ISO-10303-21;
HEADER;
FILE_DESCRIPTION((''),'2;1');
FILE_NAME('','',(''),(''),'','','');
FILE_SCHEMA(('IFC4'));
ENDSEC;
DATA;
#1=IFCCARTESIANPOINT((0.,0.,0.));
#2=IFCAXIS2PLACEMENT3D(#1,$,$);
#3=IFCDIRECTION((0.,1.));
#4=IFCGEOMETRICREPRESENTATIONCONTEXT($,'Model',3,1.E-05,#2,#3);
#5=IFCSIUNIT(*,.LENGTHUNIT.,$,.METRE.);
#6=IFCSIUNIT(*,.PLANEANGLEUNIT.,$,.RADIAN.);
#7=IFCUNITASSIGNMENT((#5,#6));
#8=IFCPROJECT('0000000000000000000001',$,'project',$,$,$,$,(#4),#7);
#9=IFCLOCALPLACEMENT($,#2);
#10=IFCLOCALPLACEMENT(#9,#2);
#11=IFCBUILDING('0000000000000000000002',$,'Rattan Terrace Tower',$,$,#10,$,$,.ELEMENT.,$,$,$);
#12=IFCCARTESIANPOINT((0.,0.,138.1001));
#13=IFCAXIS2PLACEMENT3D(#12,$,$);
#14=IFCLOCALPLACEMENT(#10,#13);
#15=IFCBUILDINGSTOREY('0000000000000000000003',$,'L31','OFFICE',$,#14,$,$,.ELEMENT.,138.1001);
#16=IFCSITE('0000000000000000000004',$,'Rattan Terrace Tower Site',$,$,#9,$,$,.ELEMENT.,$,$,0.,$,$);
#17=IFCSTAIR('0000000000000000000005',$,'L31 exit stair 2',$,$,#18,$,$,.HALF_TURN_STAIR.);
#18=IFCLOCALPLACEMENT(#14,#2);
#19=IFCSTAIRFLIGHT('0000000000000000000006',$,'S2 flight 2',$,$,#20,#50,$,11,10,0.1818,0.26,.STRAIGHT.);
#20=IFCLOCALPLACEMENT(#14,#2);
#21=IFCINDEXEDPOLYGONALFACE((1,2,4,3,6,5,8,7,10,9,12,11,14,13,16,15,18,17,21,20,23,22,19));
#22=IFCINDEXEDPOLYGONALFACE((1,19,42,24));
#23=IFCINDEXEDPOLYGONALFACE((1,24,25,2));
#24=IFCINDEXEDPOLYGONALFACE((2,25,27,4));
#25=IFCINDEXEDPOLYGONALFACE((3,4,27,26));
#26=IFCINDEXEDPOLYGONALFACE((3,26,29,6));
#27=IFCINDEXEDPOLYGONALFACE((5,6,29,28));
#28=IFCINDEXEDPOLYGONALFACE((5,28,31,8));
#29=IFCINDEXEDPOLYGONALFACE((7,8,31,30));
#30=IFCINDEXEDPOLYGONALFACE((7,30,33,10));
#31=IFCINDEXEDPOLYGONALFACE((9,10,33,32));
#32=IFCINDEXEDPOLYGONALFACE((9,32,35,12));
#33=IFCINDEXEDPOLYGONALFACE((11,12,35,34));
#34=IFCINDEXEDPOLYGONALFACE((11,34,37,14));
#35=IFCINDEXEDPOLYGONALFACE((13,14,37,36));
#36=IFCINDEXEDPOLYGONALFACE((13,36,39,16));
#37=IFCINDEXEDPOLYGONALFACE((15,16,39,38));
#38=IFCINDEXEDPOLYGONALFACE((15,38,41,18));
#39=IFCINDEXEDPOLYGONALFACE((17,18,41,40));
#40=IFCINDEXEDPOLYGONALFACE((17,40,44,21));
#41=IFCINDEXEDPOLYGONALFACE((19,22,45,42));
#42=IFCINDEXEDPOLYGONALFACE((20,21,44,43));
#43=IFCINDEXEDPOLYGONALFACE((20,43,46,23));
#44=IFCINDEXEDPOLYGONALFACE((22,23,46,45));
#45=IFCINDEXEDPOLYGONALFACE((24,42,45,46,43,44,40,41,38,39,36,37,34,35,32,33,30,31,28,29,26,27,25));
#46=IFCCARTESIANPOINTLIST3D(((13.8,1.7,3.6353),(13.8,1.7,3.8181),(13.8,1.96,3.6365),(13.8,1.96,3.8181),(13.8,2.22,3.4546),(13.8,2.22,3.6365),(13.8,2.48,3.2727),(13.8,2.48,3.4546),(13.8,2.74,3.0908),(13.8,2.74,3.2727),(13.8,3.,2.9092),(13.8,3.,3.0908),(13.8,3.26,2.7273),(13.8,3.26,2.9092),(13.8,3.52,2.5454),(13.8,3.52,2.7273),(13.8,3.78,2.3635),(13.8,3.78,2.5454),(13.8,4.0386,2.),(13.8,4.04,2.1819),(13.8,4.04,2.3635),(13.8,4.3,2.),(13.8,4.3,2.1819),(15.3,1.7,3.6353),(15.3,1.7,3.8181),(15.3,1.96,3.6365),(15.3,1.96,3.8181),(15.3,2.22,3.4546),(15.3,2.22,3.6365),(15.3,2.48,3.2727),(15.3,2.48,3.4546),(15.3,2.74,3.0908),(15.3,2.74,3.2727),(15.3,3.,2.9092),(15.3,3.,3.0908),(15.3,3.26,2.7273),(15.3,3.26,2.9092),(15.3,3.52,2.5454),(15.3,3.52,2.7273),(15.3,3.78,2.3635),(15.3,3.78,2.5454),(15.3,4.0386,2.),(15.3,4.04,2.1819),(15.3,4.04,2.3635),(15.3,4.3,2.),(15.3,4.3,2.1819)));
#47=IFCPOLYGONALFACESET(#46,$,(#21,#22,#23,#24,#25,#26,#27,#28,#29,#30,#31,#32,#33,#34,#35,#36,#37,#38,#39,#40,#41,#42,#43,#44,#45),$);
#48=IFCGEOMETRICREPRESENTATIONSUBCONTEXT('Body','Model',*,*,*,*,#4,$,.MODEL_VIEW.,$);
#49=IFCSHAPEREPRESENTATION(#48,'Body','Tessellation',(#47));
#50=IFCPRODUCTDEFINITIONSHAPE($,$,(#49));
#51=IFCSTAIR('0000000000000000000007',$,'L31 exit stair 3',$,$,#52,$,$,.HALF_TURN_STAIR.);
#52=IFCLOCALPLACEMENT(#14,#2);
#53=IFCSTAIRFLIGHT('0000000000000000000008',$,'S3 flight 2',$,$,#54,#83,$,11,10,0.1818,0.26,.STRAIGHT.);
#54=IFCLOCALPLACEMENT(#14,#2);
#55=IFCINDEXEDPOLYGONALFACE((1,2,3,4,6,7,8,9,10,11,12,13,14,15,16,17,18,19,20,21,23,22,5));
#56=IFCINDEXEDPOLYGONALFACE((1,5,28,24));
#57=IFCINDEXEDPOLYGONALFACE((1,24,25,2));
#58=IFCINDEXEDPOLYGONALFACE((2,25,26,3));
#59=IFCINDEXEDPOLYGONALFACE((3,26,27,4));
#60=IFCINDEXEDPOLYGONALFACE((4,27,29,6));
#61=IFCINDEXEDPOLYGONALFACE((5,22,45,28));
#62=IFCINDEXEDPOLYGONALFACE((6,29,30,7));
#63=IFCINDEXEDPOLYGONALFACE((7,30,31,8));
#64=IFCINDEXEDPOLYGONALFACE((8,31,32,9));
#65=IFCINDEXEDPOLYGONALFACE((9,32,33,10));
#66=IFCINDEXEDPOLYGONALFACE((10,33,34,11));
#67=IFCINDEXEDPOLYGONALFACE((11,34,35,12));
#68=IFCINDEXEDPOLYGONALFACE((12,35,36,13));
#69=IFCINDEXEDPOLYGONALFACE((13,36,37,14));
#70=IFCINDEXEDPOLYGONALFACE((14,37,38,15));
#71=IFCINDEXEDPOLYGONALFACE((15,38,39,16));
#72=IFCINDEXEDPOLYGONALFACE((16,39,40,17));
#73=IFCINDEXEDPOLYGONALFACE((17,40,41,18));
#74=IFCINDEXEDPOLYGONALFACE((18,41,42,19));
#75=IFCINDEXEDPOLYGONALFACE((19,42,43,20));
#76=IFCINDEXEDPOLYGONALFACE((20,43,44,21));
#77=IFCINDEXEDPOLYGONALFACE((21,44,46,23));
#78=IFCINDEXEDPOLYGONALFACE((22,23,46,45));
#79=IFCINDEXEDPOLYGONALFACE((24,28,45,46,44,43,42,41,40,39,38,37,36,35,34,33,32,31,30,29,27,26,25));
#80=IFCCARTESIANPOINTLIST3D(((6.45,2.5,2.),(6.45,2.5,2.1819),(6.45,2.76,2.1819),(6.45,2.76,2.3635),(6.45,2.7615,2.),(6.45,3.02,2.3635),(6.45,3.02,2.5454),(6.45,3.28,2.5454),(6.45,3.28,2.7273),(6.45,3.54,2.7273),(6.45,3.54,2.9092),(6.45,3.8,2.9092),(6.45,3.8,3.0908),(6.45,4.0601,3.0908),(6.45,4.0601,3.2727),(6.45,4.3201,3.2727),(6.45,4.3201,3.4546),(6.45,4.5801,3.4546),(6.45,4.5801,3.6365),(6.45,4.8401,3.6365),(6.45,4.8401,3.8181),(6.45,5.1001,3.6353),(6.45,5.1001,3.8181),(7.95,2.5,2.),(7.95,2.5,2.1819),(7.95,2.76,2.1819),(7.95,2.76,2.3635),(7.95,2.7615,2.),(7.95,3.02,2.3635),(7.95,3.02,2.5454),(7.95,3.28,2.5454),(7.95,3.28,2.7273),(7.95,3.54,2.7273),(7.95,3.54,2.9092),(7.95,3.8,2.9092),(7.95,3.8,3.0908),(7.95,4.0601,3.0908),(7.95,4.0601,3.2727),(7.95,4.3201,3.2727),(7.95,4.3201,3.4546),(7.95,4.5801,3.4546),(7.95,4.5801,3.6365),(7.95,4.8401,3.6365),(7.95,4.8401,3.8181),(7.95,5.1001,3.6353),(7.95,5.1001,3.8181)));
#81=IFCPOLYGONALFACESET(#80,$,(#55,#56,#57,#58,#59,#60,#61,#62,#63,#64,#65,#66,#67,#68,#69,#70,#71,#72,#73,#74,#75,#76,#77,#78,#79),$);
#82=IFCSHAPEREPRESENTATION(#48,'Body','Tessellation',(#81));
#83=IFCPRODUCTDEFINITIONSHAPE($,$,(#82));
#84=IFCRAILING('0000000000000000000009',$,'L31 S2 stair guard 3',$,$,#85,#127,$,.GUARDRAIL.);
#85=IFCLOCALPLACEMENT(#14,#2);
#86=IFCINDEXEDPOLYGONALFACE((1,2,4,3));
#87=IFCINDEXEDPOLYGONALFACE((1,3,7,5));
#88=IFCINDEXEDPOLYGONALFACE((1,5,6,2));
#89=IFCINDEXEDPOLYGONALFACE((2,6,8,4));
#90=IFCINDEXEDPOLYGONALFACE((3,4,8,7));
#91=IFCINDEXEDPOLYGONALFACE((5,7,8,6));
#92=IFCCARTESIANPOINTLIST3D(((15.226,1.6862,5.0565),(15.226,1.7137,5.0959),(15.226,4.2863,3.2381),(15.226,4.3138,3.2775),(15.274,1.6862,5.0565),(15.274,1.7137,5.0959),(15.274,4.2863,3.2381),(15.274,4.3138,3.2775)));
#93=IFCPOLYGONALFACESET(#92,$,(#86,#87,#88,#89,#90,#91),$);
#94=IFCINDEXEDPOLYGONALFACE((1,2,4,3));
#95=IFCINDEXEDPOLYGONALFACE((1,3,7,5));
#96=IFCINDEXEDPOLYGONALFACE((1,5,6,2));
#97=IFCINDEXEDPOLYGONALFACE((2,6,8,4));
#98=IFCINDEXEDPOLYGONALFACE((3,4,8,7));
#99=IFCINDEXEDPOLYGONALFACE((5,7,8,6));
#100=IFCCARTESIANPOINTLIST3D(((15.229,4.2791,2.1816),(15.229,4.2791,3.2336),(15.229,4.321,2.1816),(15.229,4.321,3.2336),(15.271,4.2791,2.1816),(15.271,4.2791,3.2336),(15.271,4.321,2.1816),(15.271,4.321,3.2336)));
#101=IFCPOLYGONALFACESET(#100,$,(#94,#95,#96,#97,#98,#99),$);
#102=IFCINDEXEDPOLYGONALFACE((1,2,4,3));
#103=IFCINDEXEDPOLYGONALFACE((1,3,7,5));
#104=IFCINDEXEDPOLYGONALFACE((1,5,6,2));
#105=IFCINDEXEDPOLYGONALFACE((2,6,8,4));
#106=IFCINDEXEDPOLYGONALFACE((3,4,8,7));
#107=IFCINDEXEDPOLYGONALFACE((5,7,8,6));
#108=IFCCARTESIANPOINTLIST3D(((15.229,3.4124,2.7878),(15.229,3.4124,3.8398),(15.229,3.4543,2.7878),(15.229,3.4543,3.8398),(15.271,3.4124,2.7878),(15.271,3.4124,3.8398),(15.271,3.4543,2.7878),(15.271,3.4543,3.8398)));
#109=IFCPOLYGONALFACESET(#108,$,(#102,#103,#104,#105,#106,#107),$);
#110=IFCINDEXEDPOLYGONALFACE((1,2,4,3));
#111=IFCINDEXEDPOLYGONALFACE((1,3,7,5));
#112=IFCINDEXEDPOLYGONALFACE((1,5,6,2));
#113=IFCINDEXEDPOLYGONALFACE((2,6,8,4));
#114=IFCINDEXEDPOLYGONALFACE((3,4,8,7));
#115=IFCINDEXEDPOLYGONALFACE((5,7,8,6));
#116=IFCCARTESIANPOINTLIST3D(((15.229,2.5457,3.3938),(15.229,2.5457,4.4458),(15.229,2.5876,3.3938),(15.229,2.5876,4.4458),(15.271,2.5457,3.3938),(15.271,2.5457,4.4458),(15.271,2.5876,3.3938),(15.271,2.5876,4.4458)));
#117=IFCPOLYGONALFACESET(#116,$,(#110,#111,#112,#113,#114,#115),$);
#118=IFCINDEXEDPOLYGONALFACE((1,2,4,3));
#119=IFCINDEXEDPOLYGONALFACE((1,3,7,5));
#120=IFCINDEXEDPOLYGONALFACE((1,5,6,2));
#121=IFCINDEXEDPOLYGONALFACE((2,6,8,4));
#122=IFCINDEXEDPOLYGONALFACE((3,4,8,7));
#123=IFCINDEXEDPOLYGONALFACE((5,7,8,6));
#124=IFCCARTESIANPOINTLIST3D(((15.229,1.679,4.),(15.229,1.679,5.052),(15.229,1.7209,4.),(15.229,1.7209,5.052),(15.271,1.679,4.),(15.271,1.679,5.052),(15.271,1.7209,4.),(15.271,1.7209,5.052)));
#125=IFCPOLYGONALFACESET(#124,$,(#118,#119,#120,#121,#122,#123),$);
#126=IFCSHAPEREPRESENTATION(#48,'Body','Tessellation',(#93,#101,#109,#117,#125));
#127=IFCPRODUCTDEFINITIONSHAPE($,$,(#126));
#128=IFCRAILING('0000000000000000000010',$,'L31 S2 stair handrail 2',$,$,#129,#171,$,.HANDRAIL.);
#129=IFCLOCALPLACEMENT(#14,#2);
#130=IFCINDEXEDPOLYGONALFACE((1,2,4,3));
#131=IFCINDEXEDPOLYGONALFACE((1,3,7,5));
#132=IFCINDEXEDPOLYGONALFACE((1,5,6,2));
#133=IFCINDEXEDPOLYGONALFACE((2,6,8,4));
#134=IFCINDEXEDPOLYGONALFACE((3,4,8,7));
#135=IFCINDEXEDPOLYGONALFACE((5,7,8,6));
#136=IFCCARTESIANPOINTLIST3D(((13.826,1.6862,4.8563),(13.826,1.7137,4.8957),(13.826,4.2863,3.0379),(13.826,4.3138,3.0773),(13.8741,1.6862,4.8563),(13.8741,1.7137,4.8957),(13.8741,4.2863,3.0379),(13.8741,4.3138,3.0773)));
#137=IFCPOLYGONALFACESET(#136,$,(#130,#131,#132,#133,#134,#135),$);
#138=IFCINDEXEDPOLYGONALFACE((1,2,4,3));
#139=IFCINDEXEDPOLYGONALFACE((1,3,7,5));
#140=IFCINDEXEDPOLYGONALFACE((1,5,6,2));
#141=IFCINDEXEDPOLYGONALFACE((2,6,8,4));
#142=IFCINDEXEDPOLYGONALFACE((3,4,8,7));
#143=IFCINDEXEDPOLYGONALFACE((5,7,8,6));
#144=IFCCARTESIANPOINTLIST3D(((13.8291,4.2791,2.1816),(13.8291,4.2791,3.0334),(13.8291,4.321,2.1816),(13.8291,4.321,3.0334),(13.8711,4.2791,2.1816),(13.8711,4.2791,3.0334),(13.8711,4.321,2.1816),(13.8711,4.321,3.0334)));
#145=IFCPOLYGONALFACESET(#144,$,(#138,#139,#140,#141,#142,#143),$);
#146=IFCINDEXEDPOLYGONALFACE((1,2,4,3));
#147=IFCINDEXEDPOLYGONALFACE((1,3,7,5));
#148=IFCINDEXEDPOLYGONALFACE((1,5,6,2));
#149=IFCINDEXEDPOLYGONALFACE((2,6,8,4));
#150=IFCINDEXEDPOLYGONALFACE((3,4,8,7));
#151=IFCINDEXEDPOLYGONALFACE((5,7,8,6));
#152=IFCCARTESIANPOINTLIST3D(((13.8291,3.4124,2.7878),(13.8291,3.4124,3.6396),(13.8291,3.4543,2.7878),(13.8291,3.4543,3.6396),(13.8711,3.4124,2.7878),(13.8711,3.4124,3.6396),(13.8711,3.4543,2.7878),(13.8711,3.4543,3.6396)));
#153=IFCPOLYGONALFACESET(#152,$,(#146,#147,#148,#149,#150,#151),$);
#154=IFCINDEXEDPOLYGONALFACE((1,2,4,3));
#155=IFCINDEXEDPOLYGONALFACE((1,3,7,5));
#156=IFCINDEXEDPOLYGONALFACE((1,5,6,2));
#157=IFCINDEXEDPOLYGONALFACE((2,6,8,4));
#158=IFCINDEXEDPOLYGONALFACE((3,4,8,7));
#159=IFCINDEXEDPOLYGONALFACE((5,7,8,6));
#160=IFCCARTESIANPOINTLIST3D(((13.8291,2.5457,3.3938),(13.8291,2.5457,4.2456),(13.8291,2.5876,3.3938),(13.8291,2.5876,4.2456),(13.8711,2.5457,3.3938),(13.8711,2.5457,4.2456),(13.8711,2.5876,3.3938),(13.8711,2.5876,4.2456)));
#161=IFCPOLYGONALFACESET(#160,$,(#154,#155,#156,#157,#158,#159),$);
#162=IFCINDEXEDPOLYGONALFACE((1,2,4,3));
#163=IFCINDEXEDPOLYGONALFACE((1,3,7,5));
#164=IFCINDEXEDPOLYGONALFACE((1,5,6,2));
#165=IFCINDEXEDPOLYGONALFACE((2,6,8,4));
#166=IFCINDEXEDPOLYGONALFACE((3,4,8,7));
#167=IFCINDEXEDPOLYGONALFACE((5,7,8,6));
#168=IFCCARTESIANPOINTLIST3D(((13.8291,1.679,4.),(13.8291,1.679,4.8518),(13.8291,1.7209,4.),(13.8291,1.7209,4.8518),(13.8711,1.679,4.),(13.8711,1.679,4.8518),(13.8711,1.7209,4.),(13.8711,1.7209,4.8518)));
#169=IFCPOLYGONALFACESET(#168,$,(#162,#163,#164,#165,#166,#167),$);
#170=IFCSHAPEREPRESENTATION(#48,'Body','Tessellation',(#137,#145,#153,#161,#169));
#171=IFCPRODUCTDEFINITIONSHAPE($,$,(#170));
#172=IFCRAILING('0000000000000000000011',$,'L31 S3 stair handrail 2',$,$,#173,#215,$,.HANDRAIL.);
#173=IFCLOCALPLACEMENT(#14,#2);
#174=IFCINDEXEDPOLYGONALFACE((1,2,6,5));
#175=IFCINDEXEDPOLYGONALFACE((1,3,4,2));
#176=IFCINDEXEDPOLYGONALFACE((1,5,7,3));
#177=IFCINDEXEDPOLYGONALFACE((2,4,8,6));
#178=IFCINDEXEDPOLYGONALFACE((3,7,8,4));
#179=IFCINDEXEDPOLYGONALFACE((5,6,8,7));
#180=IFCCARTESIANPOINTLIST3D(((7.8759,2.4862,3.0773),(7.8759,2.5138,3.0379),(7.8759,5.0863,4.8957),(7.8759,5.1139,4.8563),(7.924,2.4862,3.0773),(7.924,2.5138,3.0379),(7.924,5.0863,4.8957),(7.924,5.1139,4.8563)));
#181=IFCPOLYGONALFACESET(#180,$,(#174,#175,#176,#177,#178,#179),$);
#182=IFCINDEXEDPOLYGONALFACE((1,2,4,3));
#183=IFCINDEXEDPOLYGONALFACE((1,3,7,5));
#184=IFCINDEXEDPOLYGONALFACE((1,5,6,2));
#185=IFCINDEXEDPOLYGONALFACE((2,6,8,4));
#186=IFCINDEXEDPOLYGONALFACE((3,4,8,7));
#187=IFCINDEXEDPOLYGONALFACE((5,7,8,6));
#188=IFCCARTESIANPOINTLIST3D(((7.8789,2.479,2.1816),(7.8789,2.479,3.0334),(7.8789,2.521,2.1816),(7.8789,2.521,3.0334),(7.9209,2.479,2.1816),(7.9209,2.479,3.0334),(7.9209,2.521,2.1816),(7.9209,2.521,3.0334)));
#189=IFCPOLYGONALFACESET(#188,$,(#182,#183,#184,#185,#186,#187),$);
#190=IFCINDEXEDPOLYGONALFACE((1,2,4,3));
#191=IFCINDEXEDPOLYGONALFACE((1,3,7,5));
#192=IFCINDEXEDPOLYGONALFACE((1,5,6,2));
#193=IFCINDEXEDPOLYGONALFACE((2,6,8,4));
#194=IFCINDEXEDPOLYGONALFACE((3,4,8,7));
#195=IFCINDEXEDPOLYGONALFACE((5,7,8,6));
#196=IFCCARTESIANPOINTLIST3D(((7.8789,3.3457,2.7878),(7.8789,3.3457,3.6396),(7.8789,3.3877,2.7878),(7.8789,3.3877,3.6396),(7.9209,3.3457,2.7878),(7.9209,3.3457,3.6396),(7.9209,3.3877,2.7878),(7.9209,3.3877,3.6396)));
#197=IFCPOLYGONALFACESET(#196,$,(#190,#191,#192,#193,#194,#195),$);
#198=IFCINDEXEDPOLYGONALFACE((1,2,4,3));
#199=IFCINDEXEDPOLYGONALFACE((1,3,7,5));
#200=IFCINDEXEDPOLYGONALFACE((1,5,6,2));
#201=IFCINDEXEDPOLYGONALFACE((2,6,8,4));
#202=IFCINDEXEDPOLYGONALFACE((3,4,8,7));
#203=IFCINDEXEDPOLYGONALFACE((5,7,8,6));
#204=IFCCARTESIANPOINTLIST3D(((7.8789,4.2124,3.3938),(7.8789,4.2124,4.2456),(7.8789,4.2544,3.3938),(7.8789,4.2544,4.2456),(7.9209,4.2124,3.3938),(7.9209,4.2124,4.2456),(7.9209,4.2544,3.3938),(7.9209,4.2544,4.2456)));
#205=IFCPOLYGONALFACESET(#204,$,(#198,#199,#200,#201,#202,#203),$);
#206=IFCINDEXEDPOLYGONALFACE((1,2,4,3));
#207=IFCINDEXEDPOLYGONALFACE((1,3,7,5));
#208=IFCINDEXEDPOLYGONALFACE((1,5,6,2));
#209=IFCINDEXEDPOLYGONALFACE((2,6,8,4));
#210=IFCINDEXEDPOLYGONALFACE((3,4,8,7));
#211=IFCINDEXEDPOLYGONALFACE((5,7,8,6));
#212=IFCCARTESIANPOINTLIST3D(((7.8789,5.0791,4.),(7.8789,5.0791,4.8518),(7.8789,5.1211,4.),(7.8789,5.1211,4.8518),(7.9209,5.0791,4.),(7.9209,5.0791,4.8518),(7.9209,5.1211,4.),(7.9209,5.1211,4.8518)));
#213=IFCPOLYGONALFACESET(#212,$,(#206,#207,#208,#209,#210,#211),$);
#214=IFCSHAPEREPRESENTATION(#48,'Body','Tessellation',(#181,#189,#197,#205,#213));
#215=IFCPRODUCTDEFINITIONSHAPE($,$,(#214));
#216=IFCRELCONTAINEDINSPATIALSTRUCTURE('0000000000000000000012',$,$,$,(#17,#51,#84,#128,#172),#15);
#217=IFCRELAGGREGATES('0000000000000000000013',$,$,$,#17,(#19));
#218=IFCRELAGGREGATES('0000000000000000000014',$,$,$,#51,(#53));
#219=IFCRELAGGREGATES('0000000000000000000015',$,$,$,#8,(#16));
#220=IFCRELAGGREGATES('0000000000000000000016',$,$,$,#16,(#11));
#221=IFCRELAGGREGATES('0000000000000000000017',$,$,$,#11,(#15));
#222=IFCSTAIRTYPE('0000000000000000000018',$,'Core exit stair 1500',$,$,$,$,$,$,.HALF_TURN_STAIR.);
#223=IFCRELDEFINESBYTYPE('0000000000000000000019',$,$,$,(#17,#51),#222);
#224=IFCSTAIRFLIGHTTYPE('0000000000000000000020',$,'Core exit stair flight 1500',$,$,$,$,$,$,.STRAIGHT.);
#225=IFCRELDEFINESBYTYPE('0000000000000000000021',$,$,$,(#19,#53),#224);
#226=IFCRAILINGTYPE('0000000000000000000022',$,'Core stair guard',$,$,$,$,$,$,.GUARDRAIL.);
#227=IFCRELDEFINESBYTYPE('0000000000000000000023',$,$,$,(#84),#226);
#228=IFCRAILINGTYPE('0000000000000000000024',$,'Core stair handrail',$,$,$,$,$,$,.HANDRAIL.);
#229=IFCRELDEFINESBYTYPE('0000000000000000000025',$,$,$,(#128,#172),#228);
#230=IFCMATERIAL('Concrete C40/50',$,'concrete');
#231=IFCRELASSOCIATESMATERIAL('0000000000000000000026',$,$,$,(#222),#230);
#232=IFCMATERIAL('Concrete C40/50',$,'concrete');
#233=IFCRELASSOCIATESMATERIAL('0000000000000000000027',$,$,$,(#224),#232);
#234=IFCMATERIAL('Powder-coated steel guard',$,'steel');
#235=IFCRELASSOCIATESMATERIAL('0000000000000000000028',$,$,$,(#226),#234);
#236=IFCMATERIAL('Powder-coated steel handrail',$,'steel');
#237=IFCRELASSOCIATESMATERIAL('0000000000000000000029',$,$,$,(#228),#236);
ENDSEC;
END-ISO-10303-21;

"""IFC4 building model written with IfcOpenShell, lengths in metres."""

from ifc_helpers import new_model, si_unit, direction, frame, origin, origin_2d, place, context, subcontext, project, spatial, polyline, rectangle, outline, extrude, material, type_object, element, aggregate, save


model = new_model("IFC4")

# Units and contexts
model_context = context("Model", 3, precision=1e-05, world=origin(), true_north=direction((0.0, 1.0)))
body_context = subcontext(model_context, "Body", "Model", "MODEL_VIEW")
ifc_project = project(units=[si_unit("LENGTHUNIT", "METRE"), si_unit("PLANEANGLEUNIT", "RADIAN")], contexts=[model_context])

# Site, building, storey
site_placement = place(None, origin())
site = spatial("IfcSite", under=ifc_project, at=site_placement, Name="Rattan Terrace Tower Site", CompositionType="ELEMENT", RefElevation=0.0)
building_placement = place(site_placement, origin())
building = spatial("IfcBuilding", under=site, at=building_placement, Name="Rattan Terrace Tower", CompositionType="ELEMENT")
storey_placement = place(building_placement, frame((0.0, 0.0, 138.1001)))
storey = spatial("IfcBuildingStorey", under=building, at=storey_placement, Name="L31", Description="OFFICE", CompositionType="ELEMENT", Elevation=138.1001)

# Stairs, stair flights
ifc_material_1 = material(Name="Concrete C40/50", Category="concrete")
stair_type = type_object("IfcStairType", Name="Core exit stair 1500", PredefinedType="HALF_TURN_STAIR", material=ifc_material_1)
stair_1_placement = place(storey_placement, origin())
stair_1 = element("IfcStair", 1, at=stair_1_placement, inside=storey, type_object=stair_type, Name="L31 exit stair 2", PredefinedType="HALF_TURN_STAIR")
ifc_material_2 = material(Name="Concrete C40/50", Category="concrete")
stair_flight_type = type_object("IfcStairFlightType", Name="Core exit stair flight 1500", PredefinedType="STRAIGHT", material=ifc_material_2)
stair_flight_1_placement = place(storey_placement, frame((14.55, 4.3, 2.0), z_axis=(0.0, 0.0, 1.0), x_axis=(0.0, -1.0, 0.0)))
stair_flight_1 = element("IfcStairFlight", 2, at=stair_flight_1_placement, type_object=stair_flight_type, Name="S2 flight 2", NumberOfRisers=11, NumberOfTreads=10, PredefinedType="STRAIGHT", RiserHeight=0.1818, TreadLength=0.26, context=body_context, shape_type="SweptSolid", body=[
    extrude(outline(polyline([(0.0, 0.0), (0.0, 0.1819), (0.26, 0.1819), (0.26, 0.3635), (0.52, 0.3635), (0.52, 0.5454), (0.78, 0.5454), (0.78, 0.7273), (1.04, 0.7273), (1.04, 0.9092), (1.3, 0.9092), (1.3, 1.0908), (1.5601, 1.0908), (1.5601, 1.2727), (1.8201, 1.2727), (1.8201, 1.4546), (2.0801, 1.4546), (2.0801, 1.6365), (2.3401, 1.6365), (2.3401, 1.8181), (2.6001, 1.8181), (2.6001, 2.0), (2.6001, 1.6353), (0.2615, 0.0), (0.0, 0.0)])), frame((0.0, 0.75, 0.0), z_axis=(0.0, -1.0, 0.0), x_axis=(1.0, 0.0, 0.0)), (0.0, 0.0, 1.0), 1.5),
])
aggregate(stair_1, [stair_flight_1])
stair_2_placement = place(storey_placement, origin())
stair_2 = element("IfcStair", 3, at=stair_2_placement, inside=storey, type_object=stair_type, Name="L31 exit stair 3", PredefinedType="HALF_TURN_STAIR")
stair_flight_2_placement = place(storey_placement, frame((7.2, 2.5, 2.0), z_axis=(0.0, 0.0, 1.0), x_axis=(0.0, 1.0, 0.0)))
stair_flight_2 = element("IfcStairFlight", 4, at=stair_flight_2_placement, type_object=stair_flight_type, Name="S3 flight 2", NumberOfRisers=11, NumberOfTreads=10, PredefinedType="STRAIGHT", RiserHeight=0.1818, TreadLength=0.26, context=body_context, shape_type="SweptSolid", body=[
    extrude(outline(polyline([(0.0, 0.0), (0.0, 0.1819), (0.26, 0.1819), (0.26, 0.3635), (0.52, 0.3635), (0.52, 0.5454), (0.78, 0.5454), (0.78, 0.7273), (1.04, 0.7273), (1.04, 0.9092), (1.3, 0.9092), (1.3, 1.0908), (1.5601, 1.0908), (1.5601, 1.2727), (1.8201, 1.2727), (1.8201, 1.4546), (2.0801, 1.4546), (2.0801, 1.6365), (2.3401, 1.6365), (2.3401, 1.8181), (2.6001, 1.8181), (2.6001, 2.0), (2.6001, 1.6353), (0.2615, 0.0), (0.0, 0.0)])), frame((0.0, 0.75, 0.0), z_axis=(0.0, -1.0, 0.0), x_axis=(1.0, 0.0, 0.0)), (0.0, 0.0, 1.0), 1.5),
])
aggregate(stair_2, [stair_flight_2])

# Railings
ifc_material_3 = material(Name="Powder-coated steel guard", Category="steel")
railing_type_1 = type_object("IfcRailingType", Name="Core stair guard", PredefinedType="GUARDRAIL", material=ifc_material_3)
railing_1_placement = place(storey_placement, frame((15.25, 4.3, 2.1816)))
element("IfcRailing", 5, at=railing_1_placement, inside=storey, type_object=railing_type_1, Name="L31 S2 stair guard 3", PredefinedType="GUARDRAIL", context=body_context, shape_type="SweptSolid", body=[
    extrude(rectangle(XDim=0.0481, YDim=0.0481, at=origin_2d()), frame((0.0, 0.0, 1.0762), z_axis=(0.0, -0.819485, 0.573101), x_axis=(1.0, 0.0, 0.0)), (0.0, 0.0, 1.0), 3.1729),
    extrude(rectangle(XDim=0.042, YDim=0.042, at=origin_2d()), origin(), (0.0, 0.0, 1.0), 1.052),
    extrude(rectangle(XDim=0.042, YDim=0.042, at=origin_2d()), frame((0.0, -0.8667, 0.6062)), (0.0, 0.0, 1.0), 1.052),
    extrude(rectangle(XDim=0.042, YDim=0.042, at=origin_2d()), frame((0.0, -1.7334, 1.2122)), (0.0, 0.0, 1.0), 1.052),
    extrude(rectangle(XDim=0.042, YDim=0.042, at=origin_2d()), frame((0.0, -2.6001, 1.8184)), (0.0, 0.0, 1.0), 1.052),
])
ifc_material_4 = material(Name="Powder-coated steel handrail", Category="steel")
railing_type_2 = type_object("IfcRailingType", Name="Core stair handrail", PredefinedType="HANDRAIL", material=ifc_material_4)
railing_2_placement = place(storey_placement, frame((13.8501, 4.3, 2.1816)))
element("IfcRailing", 6, at=railing_2_placement, inside=storey, type_object=railing_type_2, Name="L31 S2 stair handrail 2", PredefinedType="HANDRAIL", context=body_context, shape_type="SweptSolid", body=[
    extrude(rectangle(XDim=0.0481, YDim=0.0481, at=origin_2d()), frame((0.0, 0.0, 0.876), z_axis=(0.0, -0.819485, 0.573101), x_axis=(1.0, 0.0, 0.0)), (0.0, 0.0, 1.0), 3.1729),
    extrude(rectangle(XDim=0.042, YDim=0.042, at=origin_2d()), origin(), (0.0, 0.0, 1.0), 0.8518),
    extrude(rectangle(XDim=0.042, YDim=0.042, at=origin_2d()), frame((0.0, -0.8667, 0.6062)), (0.0, 0.0, 1.0), 0.8518),
    extrude(rectangle(XDim=0.042, YDim=0.042, at=origin_2d()), frame((0.0, -1.7334, 1.2122)), (0.0, 0.0, 1.0), 0.8518),
    extrude(rectangle(XDim=0.042, YDim=0.042, at=origin_2d()), frame((0.0, -2.6001, 1.8184)), (0.0, 0.0, 1.0), 0.8518),
])
railing_3_placement = place(storey_placement, frame((7.8999, 2.5, 2.1816)))
element("IfcRailing", 7, at=railing_3_placement, inside=storey, type_object=railing_type_2, Name="L31 S3 stair handrail 2", PredefinedType="HANDRAIL", context=body_context, shape_type="SweptSolid", body=[
    extrude(rectangle(XDim=0.0481, YDim=0.0481, at=origin_2d()), frame((0.0, 0.0, 0.876), z_axis=(0.0, 0.819485, 0.573101), x_axis=(-1.0, 0.0, 0.0)), (0.0, 0.0, 1.0), 3.1729),
    extrude(rectangle(XDim=0.042, YDim=0.042, at=origin_2d()), origin(), (0.0, 0.0, 1.0), 0.8518),
    extrude(rectangle(XDim=0.042, YDim=0.042, at=origin_2d()), frame((0.0, 0.8667, 0.6062)), (0.0, 0.0, 1.0), 0.8518),
    extrude(rectangle(XDim=0.042, YDim=0.042, at=origin_2d()), frame((0.0, 1.7334, 1.2122)), (0.0, 0.0, 1.0), 0.8518),
    extrude(rectangle(XDim=0.042, YDim=0.042, at=origin_2d()), frame((0.0, 2.6001, 1.8184)), (0.0, 0.0, 1.0), 0.8518),
])

save(model, "model.ifc")
